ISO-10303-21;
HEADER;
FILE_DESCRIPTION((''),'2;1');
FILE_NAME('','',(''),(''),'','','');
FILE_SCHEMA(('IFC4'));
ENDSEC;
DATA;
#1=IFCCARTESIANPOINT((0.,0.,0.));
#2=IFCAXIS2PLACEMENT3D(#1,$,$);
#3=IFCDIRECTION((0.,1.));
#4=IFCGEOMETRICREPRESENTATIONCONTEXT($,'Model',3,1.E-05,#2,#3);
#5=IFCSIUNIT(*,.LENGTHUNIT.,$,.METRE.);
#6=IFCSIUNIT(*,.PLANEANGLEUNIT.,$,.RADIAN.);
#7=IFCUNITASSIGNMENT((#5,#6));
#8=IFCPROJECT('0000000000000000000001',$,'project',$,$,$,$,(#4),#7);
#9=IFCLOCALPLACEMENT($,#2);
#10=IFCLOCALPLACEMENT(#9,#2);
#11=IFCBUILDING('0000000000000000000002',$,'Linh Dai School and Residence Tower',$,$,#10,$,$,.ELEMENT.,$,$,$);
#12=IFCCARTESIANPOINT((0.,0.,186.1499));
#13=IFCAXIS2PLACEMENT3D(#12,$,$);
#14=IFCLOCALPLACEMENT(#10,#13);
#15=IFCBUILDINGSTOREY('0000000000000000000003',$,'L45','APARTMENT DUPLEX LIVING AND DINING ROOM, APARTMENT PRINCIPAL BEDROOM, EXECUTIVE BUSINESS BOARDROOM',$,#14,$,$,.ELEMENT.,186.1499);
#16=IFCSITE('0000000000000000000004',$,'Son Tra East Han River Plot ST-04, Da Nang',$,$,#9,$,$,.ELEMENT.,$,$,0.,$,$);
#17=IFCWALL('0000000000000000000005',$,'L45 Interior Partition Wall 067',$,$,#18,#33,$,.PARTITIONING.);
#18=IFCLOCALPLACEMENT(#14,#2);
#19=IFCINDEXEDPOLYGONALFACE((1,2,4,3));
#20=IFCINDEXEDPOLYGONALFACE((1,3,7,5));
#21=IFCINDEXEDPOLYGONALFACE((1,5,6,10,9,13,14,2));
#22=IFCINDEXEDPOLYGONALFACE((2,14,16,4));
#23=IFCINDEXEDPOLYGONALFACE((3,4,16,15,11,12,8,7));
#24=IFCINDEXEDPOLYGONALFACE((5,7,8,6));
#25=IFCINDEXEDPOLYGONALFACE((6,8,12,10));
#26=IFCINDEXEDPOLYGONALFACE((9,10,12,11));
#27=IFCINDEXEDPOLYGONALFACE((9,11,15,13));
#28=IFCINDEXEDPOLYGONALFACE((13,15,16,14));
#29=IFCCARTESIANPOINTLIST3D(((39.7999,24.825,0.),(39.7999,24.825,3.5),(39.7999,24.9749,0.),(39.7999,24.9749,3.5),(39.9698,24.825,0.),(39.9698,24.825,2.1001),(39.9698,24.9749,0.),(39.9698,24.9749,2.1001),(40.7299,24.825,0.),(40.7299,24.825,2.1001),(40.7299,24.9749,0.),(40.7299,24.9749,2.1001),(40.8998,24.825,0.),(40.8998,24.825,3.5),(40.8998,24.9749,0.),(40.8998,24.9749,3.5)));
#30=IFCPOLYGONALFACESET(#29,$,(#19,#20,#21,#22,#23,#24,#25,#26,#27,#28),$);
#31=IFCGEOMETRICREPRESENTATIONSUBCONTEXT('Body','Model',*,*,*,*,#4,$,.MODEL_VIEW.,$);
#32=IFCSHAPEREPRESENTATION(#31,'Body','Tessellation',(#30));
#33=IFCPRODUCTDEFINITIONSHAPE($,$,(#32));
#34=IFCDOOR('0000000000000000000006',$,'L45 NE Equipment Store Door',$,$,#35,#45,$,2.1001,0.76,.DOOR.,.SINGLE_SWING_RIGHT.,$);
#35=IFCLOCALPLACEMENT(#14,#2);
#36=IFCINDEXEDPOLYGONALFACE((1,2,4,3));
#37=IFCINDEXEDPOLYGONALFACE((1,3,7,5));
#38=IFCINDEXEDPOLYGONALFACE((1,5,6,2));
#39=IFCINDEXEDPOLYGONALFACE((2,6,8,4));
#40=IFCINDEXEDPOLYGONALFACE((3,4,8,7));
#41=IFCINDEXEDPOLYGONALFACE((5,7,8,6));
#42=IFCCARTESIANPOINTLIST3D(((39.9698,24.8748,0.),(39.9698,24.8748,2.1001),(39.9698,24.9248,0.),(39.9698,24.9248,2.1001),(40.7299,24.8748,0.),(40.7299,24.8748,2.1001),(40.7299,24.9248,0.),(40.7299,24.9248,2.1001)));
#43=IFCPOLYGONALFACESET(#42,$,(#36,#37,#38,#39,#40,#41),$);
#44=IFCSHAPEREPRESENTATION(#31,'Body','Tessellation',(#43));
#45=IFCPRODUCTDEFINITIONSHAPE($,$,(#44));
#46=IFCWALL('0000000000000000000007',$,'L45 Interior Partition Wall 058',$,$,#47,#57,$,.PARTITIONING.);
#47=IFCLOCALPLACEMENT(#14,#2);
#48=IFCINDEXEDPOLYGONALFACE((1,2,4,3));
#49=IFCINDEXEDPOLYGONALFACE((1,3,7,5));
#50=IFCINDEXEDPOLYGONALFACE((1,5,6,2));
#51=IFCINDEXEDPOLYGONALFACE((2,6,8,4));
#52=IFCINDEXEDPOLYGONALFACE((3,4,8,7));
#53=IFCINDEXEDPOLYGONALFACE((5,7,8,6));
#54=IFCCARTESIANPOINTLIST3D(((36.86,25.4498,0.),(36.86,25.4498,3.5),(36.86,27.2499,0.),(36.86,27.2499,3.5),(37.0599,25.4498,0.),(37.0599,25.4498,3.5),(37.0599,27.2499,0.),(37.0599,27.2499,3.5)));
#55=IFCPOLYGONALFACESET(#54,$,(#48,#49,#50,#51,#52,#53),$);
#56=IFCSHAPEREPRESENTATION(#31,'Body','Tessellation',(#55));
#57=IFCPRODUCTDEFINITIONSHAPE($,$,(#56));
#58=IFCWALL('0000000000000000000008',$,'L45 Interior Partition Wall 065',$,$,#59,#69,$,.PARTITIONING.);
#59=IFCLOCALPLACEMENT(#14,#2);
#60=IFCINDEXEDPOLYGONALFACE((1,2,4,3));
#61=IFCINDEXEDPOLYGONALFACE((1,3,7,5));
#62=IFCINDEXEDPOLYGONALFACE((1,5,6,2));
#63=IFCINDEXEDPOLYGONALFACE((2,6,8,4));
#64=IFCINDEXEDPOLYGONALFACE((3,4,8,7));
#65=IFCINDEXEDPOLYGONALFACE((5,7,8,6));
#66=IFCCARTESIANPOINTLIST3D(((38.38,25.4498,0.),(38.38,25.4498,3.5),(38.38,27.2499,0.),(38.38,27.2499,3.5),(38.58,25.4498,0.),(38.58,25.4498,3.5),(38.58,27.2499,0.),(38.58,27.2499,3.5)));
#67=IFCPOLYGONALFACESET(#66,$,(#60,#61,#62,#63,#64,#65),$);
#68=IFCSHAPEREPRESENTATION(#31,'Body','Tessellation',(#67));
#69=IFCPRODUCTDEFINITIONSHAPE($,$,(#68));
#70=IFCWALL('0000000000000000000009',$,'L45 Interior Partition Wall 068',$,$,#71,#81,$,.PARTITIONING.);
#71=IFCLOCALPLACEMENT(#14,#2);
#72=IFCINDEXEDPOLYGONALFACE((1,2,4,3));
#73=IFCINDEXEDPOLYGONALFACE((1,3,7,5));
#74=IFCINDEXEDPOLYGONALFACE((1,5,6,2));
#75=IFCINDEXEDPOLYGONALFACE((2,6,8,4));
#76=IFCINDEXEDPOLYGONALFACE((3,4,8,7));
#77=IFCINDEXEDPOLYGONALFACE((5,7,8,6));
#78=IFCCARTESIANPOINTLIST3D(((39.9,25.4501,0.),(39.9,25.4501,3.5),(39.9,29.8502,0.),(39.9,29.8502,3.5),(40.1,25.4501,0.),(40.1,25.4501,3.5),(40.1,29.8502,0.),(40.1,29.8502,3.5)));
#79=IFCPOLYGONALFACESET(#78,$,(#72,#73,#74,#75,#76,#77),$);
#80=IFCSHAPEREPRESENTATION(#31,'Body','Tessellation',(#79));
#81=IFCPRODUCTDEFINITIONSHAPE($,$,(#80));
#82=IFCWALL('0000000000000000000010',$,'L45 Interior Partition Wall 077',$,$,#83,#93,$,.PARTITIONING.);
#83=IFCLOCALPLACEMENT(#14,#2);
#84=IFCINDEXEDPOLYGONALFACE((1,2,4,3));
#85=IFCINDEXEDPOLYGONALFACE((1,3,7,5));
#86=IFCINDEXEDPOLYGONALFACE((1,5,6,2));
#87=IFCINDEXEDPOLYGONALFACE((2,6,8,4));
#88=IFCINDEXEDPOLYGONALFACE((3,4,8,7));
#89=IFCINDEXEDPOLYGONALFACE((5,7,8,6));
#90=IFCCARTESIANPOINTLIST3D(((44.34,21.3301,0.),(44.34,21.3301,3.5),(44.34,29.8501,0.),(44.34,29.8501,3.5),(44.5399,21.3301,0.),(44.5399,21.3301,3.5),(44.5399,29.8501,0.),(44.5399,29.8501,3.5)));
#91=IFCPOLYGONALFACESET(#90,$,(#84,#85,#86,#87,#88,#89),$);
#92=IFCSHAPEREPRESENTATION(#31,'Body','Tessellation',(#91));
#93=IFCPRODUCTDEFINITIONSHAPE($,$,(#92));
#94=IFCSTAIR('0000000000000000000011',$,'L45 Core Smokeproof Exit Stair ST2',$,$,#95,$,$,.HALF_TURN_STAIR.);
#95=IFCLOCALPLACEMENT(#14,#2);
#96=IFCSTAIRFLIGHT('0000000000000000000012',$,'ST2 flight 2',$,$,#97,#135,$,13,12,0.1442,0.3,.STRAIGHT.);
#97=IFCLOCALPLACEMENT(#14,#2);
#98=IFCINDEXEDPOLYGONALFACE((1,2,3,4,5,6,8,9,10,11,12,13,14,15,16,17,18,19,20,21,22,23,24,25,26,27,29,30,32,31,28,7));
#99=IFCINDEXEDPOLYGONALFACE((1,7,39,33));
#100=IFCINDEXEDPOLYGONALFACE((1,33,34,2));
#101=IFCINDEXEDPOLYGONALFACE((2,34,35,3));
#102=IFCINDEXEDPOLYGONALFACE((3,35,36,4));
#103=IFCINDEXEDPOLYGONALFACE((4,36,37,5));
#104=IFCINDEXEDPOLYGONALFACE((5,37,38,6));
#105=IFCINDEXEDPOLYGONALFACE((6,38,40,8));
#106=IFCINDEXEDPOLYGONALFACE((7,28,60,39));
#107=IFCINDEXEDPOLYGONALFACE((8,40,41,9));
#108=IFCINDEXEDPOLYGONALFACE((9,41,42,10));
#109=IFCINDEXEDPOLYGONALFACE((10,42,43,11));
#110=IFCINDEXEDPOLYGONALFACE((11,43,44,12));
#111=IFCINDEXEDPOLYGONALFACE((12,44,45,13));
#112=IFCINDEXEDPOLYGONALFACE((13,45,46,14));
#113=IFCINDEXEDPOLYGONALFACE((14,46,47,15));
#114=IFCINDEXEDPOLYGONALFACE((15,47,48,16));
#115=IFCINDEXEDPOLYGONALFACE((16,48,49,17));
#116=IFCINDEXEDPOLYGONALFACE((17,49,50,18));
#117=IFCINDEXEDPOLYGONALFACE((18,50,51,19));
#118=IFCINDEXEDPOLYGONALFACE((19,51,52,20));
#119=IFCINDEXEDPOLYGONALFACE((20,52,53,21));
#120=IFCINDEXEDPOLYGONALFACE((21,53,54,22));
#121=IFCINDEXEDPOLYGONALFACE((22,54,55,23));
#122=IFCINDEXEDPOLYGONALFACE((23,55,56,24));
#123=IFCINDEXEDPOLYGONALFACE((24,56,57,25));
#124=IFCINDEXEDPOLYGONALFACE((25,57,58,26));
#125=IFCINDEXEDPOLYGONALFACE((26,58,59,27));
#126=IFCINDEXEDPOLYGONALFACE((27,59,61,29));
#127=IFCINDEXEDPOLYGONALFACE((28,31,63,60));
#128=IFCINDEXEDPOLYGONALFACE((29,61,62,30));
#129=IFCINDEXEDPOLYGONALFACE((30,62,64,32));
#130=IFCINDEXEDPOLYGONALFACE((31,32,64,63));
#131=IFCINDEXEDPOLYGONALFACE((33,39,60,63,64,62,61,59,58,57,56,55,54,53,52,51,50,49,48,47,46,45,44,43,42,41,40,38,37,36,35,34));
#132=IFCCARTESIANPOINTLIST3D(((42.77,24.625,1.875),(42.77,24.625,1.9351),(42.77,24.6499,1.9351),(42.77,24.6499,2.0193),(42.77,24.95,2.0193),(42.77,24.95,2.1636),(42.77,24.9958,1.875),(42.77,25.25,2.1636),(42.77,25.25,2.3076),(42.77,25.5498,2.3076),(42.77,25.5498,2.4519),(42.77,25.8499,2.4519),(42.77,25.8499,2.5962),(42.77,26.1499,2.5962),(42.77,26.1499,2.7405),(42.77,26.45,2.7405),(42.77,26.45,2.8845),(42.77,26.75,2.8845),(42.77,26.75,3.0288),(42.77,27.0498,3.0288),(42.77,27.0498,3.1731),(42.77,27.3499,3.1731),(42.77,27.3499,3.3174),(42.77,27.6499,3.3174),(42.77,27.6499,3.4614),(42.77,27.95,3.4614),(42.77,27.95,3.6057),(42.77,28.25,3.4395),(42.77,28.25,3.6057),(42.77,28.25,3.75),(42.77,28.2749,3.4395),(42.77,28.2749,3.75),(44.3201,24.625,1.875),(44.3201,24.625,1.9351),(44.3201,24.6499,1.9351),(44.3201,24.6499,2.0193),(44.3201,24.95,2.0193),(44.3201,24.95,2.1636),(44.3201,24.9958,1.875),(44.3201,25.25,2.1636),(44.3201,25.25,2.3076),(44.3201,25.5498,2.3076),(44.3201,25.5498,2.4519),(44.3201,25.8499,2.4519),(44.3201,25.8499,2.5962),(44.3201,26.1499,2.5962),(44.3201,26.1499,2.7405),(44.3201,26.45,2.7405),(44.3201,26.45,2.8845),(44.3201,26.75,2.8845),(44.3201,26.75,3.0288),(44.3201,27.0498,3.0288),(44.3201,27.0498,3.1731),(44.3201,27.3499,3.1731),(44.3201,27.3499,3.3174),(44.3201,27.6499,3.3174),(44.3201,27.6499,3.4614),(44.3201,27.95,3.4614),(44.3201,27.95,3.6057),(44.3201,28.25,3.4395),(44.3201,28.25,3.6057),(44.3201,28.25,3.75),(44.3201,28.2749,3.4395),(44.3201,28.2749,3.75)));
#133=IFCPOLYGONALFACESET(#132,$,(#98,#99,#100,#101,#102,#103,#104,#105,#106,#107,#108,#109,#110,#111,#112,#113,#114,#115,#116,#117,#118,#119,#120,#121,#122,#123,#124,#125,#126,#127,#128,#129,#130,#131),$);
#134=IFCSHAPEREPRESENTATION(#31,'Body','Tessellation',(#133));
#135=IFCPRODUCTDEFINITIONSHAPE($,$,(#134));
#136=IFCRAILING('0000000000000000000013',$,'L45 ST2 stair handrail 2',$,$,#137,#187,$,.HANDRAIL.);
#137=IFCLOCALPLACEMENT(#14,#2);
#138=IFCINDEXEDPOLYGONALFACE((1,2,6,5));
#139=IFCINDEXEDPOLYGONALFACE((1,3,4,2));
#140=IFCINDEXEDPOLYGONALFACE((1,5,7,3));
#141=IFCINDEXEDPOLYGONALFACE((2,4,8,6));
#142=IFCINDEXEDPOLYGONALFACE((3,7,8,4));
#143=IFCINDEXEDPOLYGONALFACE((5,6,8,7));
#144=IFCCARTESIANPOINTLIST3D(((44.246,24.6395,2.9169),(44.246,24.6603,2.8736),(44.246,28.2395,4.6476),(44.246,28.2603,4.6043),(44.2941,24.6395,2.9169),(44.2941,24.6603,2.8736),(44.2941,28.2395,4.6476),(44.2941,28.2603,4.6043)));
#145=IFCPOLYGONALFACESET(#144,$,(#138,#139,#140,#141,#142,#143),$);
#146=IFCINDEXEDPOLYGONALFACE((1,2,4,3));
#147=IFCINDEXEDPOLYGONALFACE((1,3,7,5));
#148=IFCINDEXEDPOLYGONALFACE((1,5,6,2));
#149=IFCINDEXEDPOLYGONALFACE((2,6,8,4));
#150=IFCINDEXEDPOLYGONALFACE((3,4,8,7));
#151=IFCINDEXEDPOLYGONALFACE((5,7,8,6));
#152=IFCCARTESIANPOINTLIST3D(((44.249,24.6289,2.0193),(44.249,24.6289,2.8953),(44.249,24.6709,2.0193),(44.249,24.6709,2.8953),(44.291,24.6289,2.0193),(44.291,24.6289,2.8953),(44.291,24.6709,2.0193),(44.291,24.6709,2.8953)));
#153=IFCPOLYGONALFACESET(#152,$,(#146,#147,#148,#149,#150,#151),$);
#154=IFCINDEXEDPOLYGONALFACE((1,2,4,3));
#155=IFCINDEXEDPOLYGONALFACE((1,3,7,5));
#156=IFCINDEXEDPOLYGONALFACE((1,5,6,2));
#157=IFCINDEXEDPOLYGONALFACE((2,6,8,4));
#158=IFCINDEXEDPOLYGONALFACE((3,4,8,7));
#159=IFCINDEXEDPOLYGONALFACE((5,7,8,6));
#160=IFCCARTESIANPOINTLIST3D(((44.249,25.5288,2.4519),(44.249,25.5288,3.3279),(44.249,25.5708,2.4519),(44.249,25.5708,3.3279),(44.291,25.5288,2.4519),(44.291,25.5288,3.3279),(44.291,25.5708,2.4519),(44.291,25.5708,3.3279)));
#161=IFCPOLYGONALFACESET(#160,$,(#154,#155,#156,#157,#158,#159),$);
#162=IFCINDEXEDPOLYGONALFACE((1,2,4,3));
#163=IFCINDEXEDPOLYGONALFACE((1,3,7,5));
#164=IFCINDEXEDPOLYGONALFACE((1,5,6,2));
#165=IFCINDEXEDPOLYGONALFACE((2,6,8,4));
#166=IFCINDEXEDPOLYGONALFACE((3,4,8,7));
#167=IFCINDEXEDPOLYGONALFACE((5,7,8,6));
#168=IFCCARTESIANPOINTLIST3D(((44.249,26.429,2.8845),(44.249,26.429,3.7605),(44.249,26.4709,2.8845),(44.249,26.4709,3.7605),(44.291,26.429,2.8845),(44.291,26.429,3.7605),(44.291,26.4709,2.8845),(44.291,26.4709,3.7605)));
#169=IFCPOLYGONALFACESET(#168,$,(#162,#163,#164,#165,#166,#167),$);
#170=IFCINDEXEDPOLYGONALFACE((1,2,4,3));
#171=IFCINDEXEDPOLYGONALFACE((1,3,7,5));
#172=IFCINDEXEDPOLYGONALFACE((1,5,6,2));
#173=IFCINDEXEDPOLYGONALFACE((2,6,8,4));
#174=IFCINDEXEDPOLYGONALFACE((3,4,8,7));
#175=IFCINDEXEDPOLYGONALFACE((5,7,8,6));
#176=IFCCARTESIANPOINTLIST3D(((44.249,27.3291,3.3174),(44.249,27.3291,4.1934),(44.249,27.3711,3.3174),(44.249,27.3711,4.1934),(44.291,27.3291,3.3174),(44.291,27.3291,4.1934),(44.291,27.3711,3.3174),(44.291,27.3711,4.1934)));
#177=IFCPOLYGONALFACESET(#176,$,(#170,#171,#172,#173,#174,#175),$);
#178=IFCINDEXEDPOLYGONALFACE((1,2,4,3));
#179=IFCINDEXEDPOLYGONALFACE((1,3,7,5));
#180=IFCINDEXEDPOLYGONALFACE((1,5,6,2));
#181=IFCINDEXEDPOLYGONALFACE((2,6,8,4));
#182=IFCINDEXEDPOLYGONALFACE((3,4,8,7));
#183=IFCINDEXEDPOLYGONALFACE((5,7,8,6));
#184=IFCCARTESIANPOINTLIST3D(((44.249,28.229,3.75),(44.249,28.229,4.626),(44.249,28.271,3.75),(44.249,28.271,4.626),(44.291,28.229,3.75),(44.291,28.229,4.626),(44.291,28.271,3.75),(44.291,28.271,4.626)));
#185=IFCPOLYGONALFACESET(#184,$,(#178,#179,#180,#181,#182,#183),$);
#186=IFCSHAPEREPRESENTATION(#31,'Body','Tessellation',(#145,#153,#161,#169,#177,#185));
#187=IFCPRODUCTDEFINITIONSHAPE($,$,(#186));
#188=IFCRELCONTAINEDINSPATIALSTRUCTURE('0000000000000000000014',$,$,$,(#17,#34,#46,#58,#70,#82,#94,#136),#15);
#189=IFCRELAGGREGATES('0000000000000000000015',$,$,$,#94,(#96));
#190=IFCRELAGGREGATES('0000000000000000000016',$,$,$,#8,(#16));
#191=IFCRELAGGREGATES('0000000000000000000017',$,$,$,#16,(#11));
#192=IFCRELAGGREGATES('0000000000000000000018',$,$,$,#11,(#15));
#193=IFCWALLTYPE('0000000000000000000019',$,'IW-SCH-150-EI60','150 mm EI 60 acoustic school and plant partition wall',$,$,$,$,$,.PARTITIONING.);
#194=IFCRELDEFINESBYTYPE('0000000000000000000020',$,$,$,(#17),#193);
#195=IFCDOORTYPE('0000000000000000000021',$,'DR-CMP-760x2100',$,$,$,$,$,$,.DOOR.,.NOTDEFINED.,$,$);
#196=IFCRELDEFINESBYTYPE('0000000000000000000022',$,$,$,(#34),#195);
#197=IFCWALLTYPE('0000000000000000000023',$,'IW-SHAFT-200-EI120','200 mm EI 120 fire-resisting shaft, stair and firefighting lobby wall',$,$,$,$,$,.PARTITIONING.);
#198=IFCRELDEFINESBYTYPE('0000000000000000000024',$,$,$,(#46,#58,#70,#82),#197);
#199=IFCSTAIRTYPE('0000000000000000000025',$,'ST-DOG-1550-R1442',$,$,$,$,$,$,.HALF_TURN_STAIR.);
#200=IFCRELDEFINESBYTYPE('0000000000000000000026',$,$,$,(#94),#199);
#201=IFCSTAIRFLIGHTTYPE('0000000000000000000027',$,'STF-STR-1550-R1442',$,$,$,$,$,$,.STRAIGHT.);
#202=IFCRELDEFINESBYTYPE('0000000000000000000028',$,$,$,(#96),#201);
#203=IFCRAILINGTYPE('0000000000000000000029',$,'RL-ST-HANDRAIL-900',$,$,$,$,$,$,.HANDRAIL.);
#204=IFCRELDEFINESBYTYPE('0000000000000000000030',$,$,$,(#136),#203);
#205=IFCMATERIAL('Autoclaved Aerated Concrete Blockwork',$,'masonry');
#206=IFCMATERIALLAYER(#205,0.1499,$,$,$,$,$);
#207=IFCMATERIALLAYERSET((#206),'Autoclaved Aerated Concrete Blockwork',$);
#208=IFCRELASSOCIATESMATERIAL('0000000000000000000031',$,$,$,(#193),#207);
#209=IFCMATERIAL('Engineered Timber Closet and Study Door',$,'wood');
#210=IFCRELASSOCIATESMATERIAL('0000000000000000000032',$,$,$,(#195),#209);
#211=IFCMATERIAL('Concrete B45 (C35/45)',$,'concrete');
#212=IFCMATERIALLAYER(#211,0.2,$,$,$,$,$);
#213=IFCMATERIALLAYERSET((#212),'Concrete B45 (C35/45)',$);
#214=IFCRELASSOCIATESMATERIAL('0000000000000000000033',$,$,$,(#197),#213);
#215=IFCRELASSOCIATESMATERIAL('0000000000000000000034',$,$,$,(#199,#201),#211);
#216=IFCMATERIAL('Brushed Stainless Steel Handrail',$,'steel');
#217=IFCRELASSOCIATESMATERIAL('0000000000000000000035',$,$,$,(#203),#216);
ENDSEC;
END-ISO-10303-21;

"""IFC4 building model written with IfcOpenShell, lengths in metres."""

from ifc_helpers import new_model, si_unit, direction, frame, frame_2d, origin, origin_2d, place, context, subcontext, project, spatial, polyline, rectangle, outline, extrude, source, transform, mapped, material, layer, layer_set, type_object, element, fill, aggregate, save


model = new_model("IFC4")

# Units and contexts
model_context = context("Model", 3, precision=1e-05, world=origin(), true_north=direction((0.0, 1.0)))
body_context = subcontext(model_context, "Body", "Model", "MODEL_VIEW")
ifc_project = project(units=[si_unit("LENGTHUNIT", "METRE"), si_unit("PLANEANGLEUNIT", "RADIAN")], contexts=[model_context])

# Site, building, storey
site_placement = place(None, origin())
site = spatial("IfcSite", under=ifc_project, at=site_placement, Name="Son Tra East Han River Plot ST-04, Da Nang", CompositionType="ELEMENT", RefElevation=0.0)
building_placement = place(site_placement, origin())
building = spatial("IfcBuilding", under=site, at=building_placement, Name="Linh Dai School and Residence Tower", CompositionType="ELEMENT")
storey_placement = place(building_placement, frame((0.0, 0.0, 186.1499)))
storey = spatial("IfcBuildingStorey", under=building, at=storey_placement, Name="L45", Description="APARTMENT DUPLEX LIVING AND DINING ROOM, APARTMENT PRINCIPAL BEDROOM, EXECUTIVE BUSINESS BOARDROOM", CompositionType="ELEMENT", Elevation=186.1499)

# Shared definitions
ifc_material_1 = material(Name="Autoclaved Aerated Concrete Blockwork", Category="masonry")

# Wall, opening, door
ifc_layer_1 = layer(ifc_material_1, 0.1499)
ifc_layer_set_1 = layer_set([ifc_layer_1], Name="Autoclaved Aerated Concrete Blockwork")
wall_type_1 = type_object("IfcWallType", Name="IW-SCH-150-EI60", Description="150 mm EI 60 acoustic school and plant partition wall", PredefinedType="PARTITIONING", material=ifc_layer_set_1)
wall_1_placement = place(storey_placement, frame((39.8, 24.8999, 0.0), z_axis=(0.0, 0.0, 1.0), x_axis=(1.0, 0.0, 0.0)))
wall_1 = element("IfcWall", 1, at=wall_1_placement, inside=storey, type_object=wall_type_1, Name="L45 Interior Partition Wall 067", PredefinedType="PARTITIONING", context=body_context, shape_type="SweptSolid", body=[
    extrude(rectangle(XDim=1.0999, YDim=0.1499, at=frame_2d((0.5498, 0.0))), origin(), (0.0, 0.0, 1.0), 3.5),
])
opening_1_placement = place(wall_1_placement, frame((0.1699, 0.0, 0.0)))
opening_1 = element("IfcOpeningElement", 2, at=opening_1_placement, cuts=wall_1, PredefinedType="OPENING", context=body_context, shape_type="SweptSolid", body=[
    extrude(rectangle(XDim=0.76, YDim=2.1001, at=origin_2d()), frame((0.3799, 0.085, 1.05), z_axis=(0.0, -1.0, 0.0), x_axis=(1.0, 0.0, 0.0)), (0.0, 0.0, 1.0), 0.1699),
])
ifc_material_2 = material(Name="Engineered Timber Closet and Study Door", Category="wood")
door_type_1 = type_object("IfcDoorType", Name="DR-CMP-760x2100", OperationType="NOTDEFINED", PredefinedType="DOOR", material=ifc_material_2)
shared_shape_1 = source(origin(), body_context, "Body", "SweptSolid", [
    extrude(rectangle(XDim=0.76, YDim=2.1001, at=origin_2d()), frame((0.3799, 0.0249, 1.05), z_axis=(0.0, -1.0, 0.0), x_axis=(1.0, 0.0, 0.0)), (0.0, 0.0, 1.0), 0.05),
])
door_1_placement = place(opening_1_placement, origin())
door_1 = element("IfcDoor", 3, at=door_1_placement, inside=storey, type_object=door_type_1, Name="L45 NE Equipment Store Door", OperationType="SINGLE_SWING_RIGHT", OverallHeight=2.1001, OverallWidth=0.76, PredefinedType="DOOR", context=body_context, shape_type="MappedRepresentation", body=[
    mapped(shared_shape_1, transform((0.0, 0.0, 0.0), x_axis=(1.0, 0.0, 0.0), y_axis=(0.0, 1.0, 0.0), z_axis=(0.0, 0.0, 1.0), scale=1.0)),
])
fill(opening_1, door_1)

# Walls
ifc_material_3 = material(Name="Concrete B45 (C35/45)", Category="concrete")
ifc_layer_2 = layer(ifc_material_3, 0.2)
ifc_layer_set_2 = layer_set([ifc_layer_2], Name="Concrete B45 (C35/45)")
wall_type_2 = type_object("IfcWallType", Name="IW-SHAFT-200-EI120", Description="200 mm EI 120 fire-resisting shaft, stair and firefighting lobby wall", PredefinedType="PARTITIONING", material=ifc_layer_set_2)
for number, where, z_axis, x_axis, name in (
    (4, (36.96, 25.45, 0.0), (0.0, 0.0, 1.0), (0.0, 1.0, 0.0), "L45 Interior Partition Wall 058"),
    (5, (38.48, 25.45, 0.0), (0.0, 0.0, 1.0), (0.0, 1.0, 0.0), "L45 Interior Partition Wall 065"),
):
    element("IfcWall", number, at=place(storey_placement, frame(where, z_axis=z_axis, x_axis=x_axis)), inside=storey, type_object=wall_type_2, Name=name, PredefinedType="PARTITIONING", context=body_context, shape_type="SweptSolid", body=[
        extrude(rectangle(XDim=1.8, YDim=0.2, at=frame_2d((0.8999, 0.0))), origin(), (0.0, 0.0, 1.0), 3.5),
    ])
wall_2_placement = place(storey_placement, frame((40.0, 25.45, 0.0), z_axis=(0.0, 0.0, 1.0), x_axis=(0.0, 1.0, 0.0)))
element("IfcWall", 6, at=wall_2_placement, inside=storey, type_object=wall_type_2, Name="L45 Interior Partition Wall 068", PredefinedType="PARTITIONING", context=body_context, shape_type="SweptSolid", body=[
    extrude(rectangle(XDim=4.4001, YDim=0.2, at=frame_2d((2.2002, 0.0))), origin(), (0.0, 0.0, 1.0), 3.5),
])
wall_3_placement = place(storey_placement, frame((44.4399, 21.3301, 0.0), z_axis=(0.0, 0.0, 1.0), x_axis=(0.0, 1.0, 0.0)))
element("IfcWall", 7, at=wall_3_placement, inside=storey, type_object=wall_type_2, Name="L45 Interior Partition Wall 077", PredefinedType="PARTITIONING", context=body_context, shape_type="SweptSolid", body=[
    extrude(rectangle(XDim=8.52, YDim=0.2, at=frame_2d((4.26, 0.0))), origin(), (0.0, 0.0, 1.0), 3.5),
])

# Stair, stair flight
stair_type = type_object("IfcStairType", Name="ST-DOG-1550-R1442", PredefinedType="HALF_TURN_STAIR", material=ifc_material_3)
stair_placement = place(storey_placement, origin())
stair = element("IfcStair", 8, at=stair_placement, inside=storey, type_object=stair_type, Name="L45 Core Smokeproof Exit Stair ST2", PredefinedType="HALF_TURN_STAIR")
stair_flight_type = type_object("IfcStairFlightType", Name="STF-STR-1550-R1442", PredefinedType="STRAIGHT", material=ifc_material_3)
shared_shape_2 = source(origin(), body_context, "Body", "SweptSolid", [
    extrude(outline(polyline([(-0.0249, 0.0), (-0.0249, 0.0601), (0.0, 0.0601), (0.0, 0.1443), (0.3, 0.1443), (0.3, 0.2886), (0.6001, 0.2886), (0.6001, 0.4326), (0.8999, 0.4326), (0.8999, 0.5769), (1.2, 0.5769), (1.2, 0.7212), (1.5, 0.7212), (1.5, 0.8655), (1.8, 0.8655), (1.8, 1.0095), (2.1001, 1.0095), (2.1001, 1.1538), (2.3999, 1.1538), (2.3999, 1.2981), (2.7, 1.2981), (2.7, 1.4424), (3.0, 1.4424), (3.0, 1.5864), (3.3, 1.5864), (3.3, 1.7307), (3.6001, 1.7307), (3.6001, 1.875), (3.625, 1.875), (3.625, 1.5645), (3.6001, 1.5645), (0.3459, 0.0), (-0.0249, 0.0)])), frame((0.0, 0.7749, 0.0), z_axis=(0.0, -1.0, 0.0), x_axis=(1.0, 0.0, 0.0)), (0.0, 0.0, 1.0), 1.55),
])
stair_flight_placement = place(storey_placement, frame((43.5449, 24.6499, 1.875), z_axis=(0.0, 0.0, 1.0), x_axis=(0.0, 1.0, 0.0)))
stair_flight = element("IfcStairFlight", 9, at=stair_flight_placement, type_object=stair_flight_type, Name="ST2 flight 2", NumberOfRisers=13, NumberOfTreads=12, PredefinedType="STRAIGHT", RiserHeight=0.1442, TreadLength=0.3, context=body_context, shape_type="MappedRepresentation", body=[
    mapped(shared_shape_2, transform((0.0, 0.0, 0.0), x_axis=(1.0, 0.0, 0.0), y_axis=(0.0, 1.0, 0.0), z_axis=(0.0, 0.0, 1.0), scale=1.0)),
])
aggregate(stair, [stair_flight])

# Railing
ifc_material_4 = material(Name="Brushed Stainless Steel Handrail", Category="steel")
railing_type_1 = type_object("IfcRailingType", Name="RL-ST-HANDRAIL-900", PredefinedType="HANDRAIL", material=ifc_material_4)
shared_shape_3 = source(origin(), body_context, "Body", "SweptSolid", [
    extrude(rectangle(XDim=0.0481, YDim=0.0481, at=origin_2d()), frame((0.0, 0.0, 0.876), z_axis=(0.0, 0.901263, 0.433273), x_axis=(-1.0, 0.0, 0.0)), (0.0, 0.0, 1.0), 3.9944),
    extrude(rectangle(XDim=0.042, YDim=0.042, at=origin_2d()), origin(), (0.0, 0.0, 1.0), 0.876),
    extrude(rectangle(XDim=0.042, YDim=0.042, at=origin_2d()), frame((0.0, 0.8999, 0.4326)), (0.0, 0.0, 1.0), 0.876),
    extrude(rectangle(XDim=0.042, YDim=0.042, at=origin_2d()), frame((0.0, 1.8, 0.8652)), (0.0, 0.0, 1.0), 0.876),
    extrude(rectangle(XDim=0.042, YDim=0.042, at=origin_2d()), frame((0.0, 2.7002, 1.2981)), (0.0, 0.0, 1.0), 0.876),
    extrude(rectangle(XDim=0.042, YDim=0.042, at=origin_2d()), frame((0.0, 3.6001, 1.7307)), (0.0, 0.0, 1.0), 0.876),
])
railing_1_placement = place(storey_placement, frame((44.27, 24.6499, 2.0193)))
element("IfcRailing", 10, at=railing_1_placement, inside=storey, type_object=railing_type_1, Name="L45 ST2 stair handrail 2", PredefinedType="HANDRAIL", context=body_context, shape_type="MappedRepresentation", body=[
    mapped(shared_shape_3, transform((0.0, 0.0, 0.0), x_axis=(1.0, 0.0, 0.0), y_axis=(0.0, 1.0, 0.0), z_axis=(0.0, 0.0, 1.0), scale=1.0)),
])

save(model, "model.ifc")
